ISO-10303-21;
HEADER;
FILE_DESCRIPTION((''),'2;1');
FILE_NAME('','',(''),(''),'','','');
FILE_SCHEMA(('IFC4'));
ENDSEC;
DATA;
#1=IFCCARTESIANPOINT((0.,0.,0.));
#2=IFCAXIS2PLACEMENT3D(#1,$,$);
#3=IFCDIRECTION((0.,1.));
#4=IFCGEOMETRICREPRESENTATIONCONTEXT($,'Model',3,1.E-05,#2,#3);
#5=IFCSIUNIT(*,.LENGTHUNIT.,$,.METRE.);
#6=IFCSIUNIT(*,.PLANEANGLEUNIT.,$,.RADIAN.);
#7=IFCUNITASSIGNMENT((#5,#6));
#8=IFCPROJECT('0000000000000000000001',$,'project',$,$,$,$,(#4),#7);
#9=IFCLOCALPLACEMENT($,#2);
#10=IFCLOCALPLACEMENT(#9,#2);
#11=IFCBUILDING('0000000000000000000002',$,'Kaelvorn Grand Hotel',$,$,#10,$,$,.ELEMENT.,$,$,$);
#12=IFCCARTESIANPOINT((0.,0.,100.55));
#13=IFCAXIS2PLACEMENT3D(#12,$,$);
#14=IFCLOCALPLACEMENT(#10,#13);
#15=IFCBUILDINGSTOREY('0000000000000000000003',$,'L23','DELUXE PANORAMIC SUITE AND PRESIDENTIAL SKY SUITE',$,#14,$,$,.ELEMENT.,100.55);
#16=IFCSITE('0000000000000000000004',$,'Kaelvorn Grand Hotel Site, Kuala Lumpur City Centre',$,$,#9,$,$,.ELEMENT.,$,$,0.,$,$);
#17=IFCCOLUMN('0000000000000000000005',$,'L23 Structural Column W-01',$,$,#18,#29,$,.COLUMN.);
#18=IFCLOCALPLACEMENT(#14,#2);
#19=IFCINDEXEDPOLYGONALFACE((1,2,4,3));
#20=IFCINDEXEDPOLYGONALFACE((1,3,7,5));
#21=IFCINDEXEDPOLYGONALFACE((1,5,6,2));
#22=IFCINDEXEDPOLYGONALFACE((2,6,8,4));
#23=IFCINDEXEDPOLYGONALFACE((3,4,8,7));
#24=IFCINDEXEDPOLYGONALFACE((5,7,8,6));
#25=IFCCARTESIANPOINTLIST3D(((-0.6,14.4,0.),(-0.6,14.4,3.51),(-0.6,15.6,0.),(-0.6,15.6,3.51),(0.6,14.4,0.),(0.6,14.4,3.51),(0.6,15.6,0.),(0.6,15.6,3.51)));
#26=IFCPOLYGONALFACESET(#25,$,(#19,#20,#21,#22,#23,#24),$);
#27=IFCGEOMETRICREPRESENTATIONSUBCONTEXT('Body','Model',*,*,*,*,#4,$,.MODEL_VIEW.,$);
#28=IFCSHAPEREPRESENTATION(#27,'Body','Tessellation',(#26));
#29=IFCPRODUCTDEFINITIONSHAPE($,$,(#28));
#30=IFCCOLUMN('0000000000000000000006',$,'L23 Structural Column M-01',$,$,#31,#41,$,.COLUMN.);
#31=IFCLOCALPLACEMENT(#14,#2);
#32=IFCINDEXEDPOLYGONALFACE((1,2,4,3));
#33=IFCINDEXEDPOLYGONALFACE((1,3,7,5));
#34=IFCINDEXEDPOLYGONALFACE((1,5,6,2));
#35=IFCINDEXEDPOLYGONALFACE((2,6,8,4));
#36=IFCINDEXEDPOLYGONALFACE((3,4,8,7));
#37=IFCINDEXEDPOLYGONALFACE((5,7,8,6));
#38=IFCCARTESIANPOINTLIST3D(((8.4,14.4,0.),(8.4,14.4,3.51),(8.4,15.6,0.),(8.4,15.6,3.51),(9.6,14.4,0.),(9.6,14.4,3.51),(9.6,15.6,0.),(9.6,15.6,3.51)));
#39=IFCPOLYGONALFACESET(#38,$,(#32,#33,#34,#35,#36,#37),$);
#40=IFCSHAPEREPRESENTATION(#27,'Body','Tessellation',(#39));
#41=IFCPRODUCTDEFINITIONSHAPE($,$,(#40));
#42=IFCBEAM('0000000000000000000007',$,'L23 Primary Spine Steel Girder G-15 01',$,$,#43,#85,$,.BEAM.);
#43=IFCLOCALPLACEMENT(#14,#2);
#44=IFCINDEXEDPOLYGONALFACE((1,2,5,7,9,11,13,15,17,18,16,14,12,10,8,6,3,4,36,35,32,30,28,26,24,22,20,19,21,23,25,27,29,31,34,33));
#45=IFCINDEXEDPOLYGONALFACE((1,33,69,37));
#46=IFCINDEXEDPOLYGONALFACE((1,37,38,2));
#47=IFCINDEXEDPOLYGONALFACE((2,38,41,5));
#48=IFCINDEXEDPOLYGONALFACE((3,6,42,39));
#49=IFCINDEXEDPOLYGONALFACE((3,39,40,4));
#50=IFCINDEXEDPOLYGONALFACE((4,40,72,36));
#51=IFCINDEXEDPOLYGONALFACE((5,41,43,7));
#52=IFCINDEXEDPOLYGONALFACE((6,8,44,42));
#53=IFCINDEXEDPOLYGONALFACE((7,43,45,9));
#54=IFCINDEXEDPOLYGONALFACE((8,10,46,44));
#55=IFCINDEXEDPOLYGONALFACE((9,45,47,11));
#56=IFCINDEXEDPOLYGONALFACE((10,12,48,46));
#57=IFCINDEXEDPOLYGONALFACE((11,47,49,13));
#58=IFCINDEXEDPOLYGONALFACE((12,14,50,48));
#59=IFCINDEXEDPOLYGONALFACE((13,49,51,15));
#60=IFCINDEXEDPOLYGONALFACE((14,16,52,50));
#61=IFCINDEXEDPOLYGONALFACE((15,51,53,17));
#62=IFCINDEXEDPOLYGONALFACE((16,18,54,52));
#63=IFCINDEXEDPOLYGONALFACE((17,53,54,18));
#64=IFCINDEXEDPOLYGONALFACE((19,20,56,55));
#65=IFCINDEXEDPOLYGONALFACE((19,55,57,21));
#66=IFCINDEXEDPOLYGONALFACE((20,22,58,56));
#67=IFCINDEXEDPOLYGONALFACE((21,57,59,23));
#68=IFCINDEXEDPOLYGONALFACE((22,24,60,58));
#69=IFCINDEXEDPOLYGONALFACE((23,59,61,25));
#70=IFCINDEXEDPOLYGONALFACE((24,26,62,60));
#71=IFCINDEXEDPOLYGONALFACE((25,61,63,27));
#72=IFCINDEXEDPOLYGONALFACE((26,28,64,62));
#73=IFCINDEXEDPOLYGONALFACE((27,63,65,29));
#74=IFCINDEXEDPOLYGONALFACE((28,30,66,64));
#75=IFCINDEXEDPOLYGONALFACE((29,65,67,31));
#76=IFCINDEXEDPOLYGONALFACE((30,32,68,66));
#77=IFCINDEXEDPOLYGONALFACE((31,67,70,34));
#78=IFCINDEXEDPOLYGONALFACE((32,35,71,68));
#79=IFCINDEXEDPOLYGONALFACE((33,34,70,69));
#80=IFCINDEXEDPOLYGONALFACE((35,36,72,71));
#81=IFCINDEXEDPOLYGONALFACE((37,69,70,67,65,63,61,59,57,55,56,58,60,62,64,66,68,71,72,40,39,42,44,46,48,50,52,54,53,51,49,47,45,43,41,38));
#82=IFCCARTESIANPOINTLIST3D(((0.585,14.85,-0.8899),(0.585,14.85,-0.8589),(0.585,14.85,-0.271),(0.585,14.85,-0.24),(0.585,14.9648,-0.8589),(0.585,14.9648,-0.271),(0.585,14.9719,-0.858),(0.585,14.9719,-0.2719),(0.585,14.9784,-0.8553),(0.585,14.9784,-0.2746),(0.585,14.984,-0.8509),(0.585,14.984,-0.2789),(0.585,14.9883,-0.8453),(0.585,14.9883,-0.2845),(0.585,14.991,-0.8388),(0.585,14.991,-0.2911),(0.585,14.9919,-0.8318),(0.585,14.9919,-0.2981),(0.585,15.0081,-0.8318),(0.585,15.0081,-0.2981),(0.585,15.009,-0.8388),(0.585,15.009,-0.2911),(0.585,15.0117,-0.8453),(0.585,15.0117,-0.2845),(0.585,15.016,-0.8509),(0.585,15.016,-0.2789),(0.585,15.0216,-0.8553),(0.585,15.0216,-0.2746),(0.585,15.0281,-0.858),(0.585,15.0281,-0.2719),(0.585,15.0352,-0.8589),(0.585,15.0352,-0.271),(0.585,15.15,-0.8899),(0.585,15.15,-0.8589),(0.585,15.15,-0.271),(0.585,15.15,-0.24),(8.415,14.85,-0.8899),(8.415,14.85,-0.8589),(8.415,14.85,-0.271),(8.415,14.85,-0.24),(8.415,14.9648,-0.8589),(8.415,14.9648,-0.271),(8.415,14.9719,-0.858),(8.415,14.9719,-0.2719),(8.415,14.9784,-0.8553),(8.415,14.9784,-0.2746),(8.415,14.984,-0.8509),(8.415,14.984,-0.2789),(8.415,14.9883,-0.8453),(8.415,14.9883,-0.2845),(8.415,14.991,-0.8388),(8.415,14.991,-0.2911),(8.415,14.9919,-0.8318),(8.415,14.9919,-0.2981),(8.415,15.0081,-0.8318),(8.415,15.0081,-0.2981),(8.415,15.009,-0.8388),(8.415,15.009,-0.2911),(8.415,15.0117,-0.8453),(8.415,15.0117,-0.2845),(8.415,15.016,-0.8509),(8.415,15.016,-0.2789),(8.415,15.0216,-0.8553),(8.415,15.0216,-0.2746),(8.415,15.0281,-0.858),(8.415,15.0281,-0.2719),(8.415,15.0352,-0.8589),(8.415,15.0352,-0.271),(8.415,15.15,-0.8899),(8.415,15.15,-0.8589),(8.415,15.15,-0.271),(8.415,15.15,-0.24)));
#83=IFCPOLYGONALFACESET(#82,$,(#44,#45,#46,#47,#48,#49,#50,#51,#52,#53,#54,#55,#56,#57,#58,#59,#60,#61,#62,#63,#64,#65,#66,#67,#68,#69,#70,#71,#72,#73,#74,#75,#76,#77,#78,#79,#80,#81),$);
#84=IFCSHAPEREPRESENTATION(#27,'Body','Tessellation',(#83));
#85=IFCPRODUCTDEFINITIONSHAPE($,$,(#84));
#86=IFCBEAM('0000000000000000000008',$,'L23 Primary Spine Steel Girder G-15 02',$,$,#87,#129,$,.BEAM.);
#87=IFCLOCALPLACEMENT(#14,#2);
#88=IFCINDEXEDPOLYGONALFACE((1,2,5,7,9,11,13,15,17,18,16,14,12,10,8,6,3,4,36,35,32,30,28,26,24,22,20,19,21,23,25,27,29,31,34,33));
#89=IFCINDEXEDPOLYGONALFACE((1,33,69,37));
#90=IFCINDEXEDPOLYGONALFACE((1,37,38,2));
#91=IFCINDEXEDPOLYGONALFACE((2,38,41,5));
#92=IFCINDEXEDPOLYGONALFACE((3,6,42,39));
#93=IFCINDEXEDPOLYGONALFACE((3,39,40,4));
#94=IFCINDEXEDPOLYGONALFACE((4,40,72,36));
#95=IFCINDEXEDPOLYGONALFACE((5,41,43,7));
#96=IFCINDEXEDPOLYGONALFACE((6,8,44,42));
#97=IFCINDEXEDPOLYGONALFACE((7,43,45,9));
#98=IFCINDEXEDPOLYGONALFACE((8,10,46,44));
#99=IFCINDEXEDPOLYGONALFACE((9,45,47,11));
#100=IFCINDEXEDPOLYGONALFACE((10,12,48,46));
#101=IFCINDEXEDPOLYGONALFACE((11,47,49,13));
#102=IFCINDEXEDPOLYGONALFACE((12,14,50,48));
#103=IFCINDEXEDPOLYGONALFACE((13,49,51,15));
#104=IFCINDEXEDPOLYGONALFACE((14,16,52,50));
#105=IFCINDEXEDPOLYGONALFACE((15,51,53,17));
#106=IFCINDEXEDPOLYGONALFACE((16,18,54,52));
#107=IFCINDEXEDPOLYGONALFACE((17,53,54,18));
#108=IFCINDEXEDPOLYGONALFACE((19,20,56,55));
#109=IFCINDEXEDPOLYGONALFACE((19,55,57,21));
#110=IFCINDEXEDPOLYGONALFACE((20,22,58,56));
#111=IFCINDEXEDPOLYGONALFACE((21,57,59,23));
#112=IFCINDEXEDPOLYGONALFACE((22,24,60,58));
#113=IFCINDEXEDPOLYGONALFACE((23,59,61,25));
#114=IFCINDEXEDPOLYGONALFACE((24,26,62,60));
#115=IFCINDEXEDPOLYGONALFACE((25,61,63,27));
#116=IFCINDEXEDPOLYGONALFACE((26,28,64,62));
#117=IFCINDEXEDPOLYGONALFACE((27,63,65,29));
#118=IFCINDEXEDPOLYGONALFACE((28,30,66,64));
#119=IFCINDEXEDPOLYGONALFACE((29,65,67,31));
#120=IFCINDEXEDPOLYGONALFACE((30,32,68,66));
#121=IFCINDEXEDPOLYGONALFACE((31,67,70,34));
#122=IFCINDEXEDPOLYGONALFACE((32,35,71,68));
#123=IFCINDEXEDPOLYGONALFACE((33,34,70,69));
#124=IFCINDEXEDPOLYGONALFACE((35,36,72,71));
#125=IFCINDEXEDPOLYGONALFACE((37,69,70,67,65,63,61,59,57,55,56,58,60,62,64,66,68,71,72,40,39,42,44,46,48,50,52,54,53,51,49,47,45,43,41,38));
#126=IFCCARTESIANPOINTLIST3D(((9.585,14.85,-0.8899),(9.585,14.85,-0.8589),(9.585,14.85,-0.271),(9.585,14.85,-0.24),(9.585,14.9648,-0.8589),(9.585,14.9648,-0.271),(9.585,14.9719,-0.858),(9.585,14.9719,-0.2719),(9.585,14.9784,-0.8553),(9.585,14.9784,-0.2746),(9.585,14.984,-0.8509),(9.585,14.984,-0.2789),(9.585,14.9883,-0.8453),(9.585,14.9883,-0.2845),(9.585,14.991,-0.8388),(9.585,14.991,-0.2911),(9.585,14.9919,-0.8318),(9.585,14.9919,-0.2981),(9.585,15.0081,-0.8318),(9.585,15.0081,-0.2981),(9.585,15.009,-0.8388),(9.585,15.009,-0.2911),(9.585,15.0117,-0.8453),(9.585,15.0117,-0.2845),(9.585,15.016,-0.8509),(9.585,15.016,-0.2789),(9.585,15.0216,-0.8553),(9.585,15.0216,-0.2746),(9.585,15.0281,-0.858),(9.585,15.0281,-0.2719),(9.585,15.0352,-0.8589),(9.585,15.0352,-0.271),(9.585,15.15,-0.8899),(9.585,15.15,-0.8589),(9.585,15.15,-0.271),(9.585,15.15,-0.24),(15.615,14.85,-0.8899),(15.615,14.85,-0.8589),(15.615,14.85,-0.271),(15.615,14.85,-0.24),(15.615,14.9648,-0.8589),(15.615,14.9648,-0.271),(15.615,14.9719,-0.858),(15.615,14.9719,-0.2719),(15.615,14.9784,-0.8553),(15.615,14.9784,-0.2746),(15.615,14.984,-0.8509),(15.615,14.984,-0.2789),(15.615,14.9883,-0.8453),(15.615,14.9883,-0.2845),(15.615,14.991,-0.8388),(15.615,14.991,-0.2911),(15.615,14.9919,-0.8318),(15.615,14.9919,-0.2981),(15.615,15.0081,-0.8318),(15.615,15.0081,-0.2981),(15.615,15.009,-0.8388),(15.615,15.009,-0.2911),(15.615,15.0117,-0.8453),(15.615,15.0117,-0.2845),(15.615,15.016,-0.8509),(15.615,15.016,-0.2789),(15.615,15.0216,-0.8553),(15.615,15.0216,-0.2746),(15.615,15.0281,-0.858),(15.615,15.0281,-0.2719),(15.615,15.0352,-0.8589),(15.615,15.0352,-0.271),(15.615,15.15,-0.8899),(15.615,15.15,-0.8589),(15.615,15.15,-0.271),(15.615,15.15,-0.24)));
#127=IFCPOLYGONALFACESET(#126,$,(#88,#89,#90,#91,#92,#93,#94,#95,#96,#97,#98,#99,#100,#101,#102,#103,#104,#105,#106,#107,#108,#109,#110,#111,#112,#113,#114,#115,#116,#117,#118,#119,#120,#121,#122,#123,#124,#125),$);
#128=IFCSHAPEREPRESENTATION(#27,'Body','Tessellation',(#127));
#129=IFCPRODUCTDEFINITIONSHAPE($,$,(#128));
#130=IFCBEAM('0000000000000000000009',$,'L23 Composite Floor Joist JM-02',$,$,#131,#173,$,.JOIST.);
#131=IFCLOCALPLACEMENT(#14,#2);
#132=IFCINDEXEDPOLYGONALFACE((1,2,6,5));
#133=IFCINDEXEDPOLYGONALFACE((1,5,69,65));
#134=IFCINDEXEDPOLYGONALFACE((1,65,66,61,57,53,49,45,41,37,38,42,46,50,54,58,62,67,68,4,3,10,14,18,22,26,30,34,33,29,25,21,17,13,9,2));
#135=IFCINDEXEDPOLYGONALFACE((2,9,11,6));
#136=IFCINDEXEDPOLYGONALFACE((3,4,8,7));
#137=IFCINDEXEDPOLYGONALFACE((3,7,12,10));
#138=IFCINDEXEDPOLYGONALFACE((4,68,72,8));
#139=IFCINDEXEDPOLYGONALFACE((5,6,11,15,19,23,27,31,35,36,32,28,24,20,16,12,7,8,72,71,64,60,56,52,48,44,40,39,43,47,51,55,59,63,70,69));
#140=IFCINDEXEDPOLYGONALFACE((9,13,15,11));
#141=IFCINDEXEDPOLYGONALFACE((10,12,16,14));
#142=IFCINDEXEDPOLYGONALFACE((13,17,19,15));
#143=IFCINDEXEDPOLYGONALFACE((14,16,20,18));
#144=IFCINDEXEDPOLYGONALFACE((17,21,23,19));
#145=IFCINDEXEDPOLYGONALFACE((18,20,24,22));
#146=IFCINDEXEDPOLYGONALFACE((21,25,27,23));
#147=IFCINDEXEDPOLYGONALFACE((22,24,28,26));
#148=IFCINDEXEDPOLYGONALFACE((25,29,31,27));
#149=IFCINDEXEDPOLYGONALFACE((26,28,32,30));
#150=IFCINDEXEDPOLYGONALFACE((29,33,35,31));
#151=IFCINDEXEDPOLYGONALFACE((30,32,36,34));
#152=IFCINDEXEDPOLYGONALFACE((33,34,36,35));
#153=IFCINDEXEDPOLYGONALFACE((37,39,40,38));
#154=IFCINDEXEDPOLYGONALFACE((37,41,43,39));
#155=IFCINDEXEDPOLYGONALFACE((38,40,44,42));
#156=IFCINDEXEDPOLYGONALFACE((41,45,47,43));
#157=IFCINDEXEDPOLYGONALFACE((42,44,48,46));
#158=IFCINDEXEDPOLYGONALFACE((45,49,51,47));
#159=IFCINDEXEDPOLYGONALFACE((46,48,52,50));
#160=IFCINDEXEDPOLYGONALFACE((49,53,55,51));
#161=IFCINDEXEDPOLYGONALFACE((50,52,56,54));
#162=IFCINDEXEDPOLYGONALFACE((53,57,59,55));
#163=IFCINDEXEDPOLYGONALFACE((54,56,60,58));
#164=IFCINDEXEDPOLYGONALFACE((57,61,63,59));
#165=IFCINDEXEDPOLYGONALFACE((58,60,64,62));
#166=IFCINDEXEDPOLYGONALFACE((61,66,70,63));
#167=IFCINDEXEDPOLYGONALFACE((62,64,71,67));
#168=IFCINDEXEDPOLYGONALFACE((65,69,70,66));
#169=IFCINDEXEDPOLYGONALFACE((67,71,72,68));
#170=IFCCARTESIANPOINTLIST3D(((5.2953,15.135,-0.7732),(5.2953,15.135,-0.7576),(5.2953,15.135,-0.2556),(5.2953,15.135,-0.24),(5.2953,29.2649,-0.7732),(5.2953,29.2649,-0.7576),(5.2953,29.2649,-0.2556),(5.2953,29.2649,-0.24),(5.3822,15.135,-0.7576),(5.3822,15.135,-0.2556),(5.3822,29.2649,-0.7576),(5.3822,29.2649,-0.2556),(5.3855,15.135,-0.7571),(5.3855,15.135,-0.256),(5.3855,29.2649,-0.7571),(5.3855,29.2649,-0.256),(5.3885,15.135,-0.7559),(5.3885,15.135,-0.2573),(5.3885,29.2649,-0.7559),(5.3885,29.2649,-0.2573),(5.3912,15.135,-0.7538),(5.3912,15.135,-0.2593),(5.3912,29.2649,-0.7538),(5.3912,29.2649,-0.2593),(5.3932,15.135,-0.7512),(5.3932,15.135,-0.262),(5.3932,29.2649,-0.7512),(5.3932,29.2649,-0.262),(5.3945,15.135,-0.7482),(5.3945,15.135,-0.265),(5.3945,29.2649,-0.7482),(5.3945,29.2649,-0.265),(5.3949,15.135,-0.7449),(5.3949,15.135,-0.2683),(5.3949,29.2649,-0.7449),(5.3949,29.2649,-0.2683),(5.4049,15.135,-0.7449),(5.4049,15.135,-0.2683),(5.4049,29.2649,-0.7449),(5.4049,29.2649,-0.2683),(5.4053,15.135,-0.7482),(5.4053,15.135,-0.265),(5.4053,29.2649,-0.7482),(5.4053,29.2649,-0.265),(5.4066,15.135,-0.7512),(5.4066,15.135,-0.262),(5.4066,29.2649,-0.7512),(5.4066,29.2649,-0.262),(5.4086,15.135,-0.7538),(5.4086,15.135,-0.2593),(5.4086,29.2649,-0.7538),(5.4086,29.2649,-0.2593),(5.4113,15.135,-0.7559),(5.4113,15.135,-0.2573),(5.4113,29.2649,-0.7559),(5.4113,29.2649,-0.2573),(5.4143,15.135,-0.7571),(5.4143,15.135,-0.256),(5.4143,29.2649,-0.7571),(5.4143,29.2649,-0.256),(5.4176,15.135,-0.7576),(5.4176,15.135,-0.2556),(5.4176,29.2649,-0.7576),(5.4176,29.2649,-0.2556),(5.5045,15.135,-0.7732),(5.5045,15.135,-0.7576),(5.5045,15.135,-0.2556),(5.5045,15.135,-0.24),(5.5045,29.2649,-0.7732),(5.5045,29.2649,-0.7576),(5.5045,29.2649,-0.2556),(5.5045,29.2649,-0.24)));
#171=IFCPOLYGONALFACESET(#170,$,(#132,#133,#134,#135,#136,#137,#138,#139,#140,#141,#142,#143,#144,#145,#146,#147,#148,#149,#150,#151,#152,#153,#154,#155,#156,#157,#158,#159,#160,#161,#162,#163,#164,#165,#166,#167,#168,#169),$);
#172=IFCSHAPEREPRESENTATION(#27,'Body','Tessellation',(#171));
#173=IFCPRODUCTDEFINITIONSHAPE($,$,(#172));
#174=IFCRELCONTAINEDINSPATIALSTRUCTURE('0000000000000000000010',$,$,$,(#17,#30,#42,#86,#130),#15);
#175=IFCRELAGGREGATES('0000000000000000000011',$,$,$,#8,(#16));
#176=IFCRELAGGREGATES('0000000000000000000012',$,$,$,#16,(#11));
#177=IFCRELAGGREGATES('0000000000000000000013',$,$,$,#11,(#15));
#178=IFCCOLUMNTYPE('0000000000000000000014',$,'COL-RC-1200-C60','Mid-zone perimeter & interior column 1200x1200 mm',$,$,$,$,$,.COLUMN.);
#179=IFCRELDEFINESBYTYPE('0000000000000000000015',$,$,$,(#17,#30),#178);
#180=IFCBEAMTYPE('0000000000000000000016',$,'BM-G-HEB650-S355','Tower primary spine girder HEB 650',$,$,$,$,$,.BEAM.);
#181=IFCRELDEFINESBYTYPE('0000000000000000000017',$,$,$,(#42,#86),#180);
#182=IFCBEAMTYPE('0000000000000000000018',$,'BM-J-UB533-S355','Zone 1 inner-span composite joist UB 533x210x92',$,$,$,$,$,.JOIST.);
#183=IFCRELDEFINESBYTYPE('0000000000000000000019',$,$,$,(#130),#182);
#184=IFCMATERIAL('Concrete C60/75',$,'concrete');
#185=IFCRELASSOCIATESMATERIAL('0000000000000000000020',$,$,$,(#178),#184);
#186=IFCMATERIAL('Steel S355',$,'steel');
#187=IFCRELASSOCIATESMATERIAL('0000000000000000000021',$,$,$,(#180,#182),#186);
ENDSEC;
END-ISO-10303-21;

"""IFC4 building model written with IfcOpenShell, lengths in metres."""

from ifc_helpers import new_model, si_unit, direction, frame, origin, origin_2d, place, context, subcontext, project, spatial, rectangle, i_section, extrude, material, material_profile, profile_set, type_object, element, save


model = new_model("IFC4")

# Units and contexts
model_context = context("Model", 3, precision=1e-05, world=origin(), true_north=direction((0.0, 1.0)))
body_context = subcontext(model_context, "Body", "Model", "MODEL_VIEW")
ifc_project = project(units=[si_unit("LENGTHUNIT", "METRE"), si_unit("PLANEANGLEUNIT", "RADIAN")], contexts=[model_context])

# Site, building, storey
site_placement = place(None, origin())
site = spatial("IfcSite", under=ifc_project, at=site_placement, Name="Kaelvorn Grand Hotel Site, Kuala Lumpur City Centre", CompositionType="ELEMENT", RefElevation=0.0)
building_placement = place(site_placement, origin())
building = spatial("IfcBuilding", under=site, at=building_placement, Name="Kaelvorn Grand Hotel", CompositionType="ELEMENT")
storey_placement = place(building_placement, frame((0.0, 0.0, 100.55)))
storey = spatial("IfcBuildingStorey", under=building, at=storey_placement, Name="L23", Description="DELUXE PANORAMIC SUITE AND PRESIDENTIAL SKY SUITE", CompositionType="ELEMENT", Elevation=100.55)

# Columns
ifc_material_1 = material(Name="Concrete C60/75", Category="concrete")
ifc_material_profile_1 = material_profile(ifc_material_1, rectangle(XDim=1.2, YDim=1.2, at=origin_2d()), Name="RC COL 1200x1200")
ifc_profile_set_1 = profile_set([ifc_material_profile_1], Name="Concrete C60/75")
column_type = type_object("IfcColumnType", Name="COL-RC-1200-C60", Description="Mid-zone perimeter & interior column 1200x1200 mm", PredefinedType="COLUMN", material=ifc_profile_set_1)
for number, where, z_axis, x_axis, name in (
    (1, (0.0, 15.0, 0.0), (0.0, 0.0, 1.0), (1.0, 0.0, 0.0), "L23 Structural Column W-01"),
    (2, (9.0, 15.0, 0.0), (0.0, 0.0, 1.0), (1.0, 0.0, 0.0), "L23 Structural Column M-01"),
):
    element("IfcColumn", number, at=place(storey_placement, frame(where, z_axis=z_axis, x_axis=x_axis)), inside=storey, type_object=column_type, Name=name, PredefinedType="COLUMN", context=body_context, shape_type="SweptSolid", body=[
        extrude(rectangle(XDim=1.2, YDim=1.2, at=origin_2d()), origin(), (0.0, 0.0, 1.0), 3.51),
    ])

# Beams
ifc_material_2 = material(Name="Steel S355", Category="steel")
ifc_material_profile_2 = material_profile(ifc_material_2, i_section(OverallWidth=0.3, OverallDepth=0.6499, WebThickness=0.0161, FlangeThickness=0.031, FilletRadius=0.0271, at=origin_2d()), Name="HEB 650")
ifc_profile_set_2 = profile_set([ifc_material_profile_2], Name="Steel S355")
beam_type_1 = type_object("IfcBeamType", Name="BM-G-HEB650-S355", Description="Tower primary spine girder HEB 650", PredefinedType="BEAM", material=ifc_profile_set_2)
beam_1_placement = place(storey_placement, frame((0.585, 15.0, -0.5649), z_axis=(1.0, 0.0, 0.0), x_axis=(0.0, 1.0, 0.0)))
element("IfcBeam", 3, at=beam_1_placement, inside=storey, type_object=beam_type_1, Name="L23 Primary Spine Steel Girder G-15 01", PredefinedType="BEAM", context=body_context, shape_type="SweptSolid", body=[
    extrude(i_section(OverallWidth=0.3, OverallDepth=0.6499, WebThickness=0.0161, FlangeThickness=0.031, FilletRadius=0.0271, at=origin_2d()), origin(), (0.0, 0.0, 1.0), 7.8301),
])
beam_2_placement = place(storey_placement, frame((9.585, 15.0, -0.5649), z_axis=(1.0, 0.0, 0.0), x_axis=(0.0, 1.0, 0.0)))
element("IfcBeam", 4, at=beam_2_placement, inside=storey, type_object=beam_type_1, Name="L23 Primary Spine Steel Girder G-15 02", PredefinedType="BEAM", context=body_context, shape_type="SweptSolid", body=[
    extrude(i_section(OverallWidth=0.3, OverallDepth=0.6499, WebThickness=0.0161, FlangeThickness=0.031, FilletRadius=0.0271, at=origin_2d()), origin(), (0.0, 0.0, 1.0), 6.03),
])
ifc_material_profile_3 = material_profile(ifc_material_2, i_section(OverallWidth=0.2092, OverallDepth=0.5332, WebThickness=0.01, FlangeThickness=0.0156, FilletRadius=0.0127, at=origin_2d()), Name="UB 533x210x92")
ifc_profile_set_3 = profile_set([ifc_material_profile_3], Name="Steel S355")
beam_type_2 = type_object("IfcBeamType", Name="BM-J-UB533-S355", Description="Zone 1 inner-span composite joist UB 533x210x92", PredefinedType="JOIST", material=ifc_profile_set_3)
beam_3_placement = place(storey_placement, frame((5.3999, 15.135, -0.5066), z_axis=(0.0, 1.0, 0.0), x_axis=(-1.0, 0.0, 0.0)))
element("IfcBeam", 5, at=beam_3_placement, inside=storey, type_object=beam_type_2, Name="L23 Composite Floor Joist JM-02", PredefinedType="JOIST", context=body_context, shape_type="SweptSolid", body=[
    extrude(i_section(OverallWidth=0.2092, OverallDepth=0.5332, WebThickness=0.01, FlangeThickness=0.0156, FilletRadius=0.0127, at=origin_2d()), origin(), (0.0, 0.0, 1.0), 14.1299),
])

save(model, "model.ifc")
